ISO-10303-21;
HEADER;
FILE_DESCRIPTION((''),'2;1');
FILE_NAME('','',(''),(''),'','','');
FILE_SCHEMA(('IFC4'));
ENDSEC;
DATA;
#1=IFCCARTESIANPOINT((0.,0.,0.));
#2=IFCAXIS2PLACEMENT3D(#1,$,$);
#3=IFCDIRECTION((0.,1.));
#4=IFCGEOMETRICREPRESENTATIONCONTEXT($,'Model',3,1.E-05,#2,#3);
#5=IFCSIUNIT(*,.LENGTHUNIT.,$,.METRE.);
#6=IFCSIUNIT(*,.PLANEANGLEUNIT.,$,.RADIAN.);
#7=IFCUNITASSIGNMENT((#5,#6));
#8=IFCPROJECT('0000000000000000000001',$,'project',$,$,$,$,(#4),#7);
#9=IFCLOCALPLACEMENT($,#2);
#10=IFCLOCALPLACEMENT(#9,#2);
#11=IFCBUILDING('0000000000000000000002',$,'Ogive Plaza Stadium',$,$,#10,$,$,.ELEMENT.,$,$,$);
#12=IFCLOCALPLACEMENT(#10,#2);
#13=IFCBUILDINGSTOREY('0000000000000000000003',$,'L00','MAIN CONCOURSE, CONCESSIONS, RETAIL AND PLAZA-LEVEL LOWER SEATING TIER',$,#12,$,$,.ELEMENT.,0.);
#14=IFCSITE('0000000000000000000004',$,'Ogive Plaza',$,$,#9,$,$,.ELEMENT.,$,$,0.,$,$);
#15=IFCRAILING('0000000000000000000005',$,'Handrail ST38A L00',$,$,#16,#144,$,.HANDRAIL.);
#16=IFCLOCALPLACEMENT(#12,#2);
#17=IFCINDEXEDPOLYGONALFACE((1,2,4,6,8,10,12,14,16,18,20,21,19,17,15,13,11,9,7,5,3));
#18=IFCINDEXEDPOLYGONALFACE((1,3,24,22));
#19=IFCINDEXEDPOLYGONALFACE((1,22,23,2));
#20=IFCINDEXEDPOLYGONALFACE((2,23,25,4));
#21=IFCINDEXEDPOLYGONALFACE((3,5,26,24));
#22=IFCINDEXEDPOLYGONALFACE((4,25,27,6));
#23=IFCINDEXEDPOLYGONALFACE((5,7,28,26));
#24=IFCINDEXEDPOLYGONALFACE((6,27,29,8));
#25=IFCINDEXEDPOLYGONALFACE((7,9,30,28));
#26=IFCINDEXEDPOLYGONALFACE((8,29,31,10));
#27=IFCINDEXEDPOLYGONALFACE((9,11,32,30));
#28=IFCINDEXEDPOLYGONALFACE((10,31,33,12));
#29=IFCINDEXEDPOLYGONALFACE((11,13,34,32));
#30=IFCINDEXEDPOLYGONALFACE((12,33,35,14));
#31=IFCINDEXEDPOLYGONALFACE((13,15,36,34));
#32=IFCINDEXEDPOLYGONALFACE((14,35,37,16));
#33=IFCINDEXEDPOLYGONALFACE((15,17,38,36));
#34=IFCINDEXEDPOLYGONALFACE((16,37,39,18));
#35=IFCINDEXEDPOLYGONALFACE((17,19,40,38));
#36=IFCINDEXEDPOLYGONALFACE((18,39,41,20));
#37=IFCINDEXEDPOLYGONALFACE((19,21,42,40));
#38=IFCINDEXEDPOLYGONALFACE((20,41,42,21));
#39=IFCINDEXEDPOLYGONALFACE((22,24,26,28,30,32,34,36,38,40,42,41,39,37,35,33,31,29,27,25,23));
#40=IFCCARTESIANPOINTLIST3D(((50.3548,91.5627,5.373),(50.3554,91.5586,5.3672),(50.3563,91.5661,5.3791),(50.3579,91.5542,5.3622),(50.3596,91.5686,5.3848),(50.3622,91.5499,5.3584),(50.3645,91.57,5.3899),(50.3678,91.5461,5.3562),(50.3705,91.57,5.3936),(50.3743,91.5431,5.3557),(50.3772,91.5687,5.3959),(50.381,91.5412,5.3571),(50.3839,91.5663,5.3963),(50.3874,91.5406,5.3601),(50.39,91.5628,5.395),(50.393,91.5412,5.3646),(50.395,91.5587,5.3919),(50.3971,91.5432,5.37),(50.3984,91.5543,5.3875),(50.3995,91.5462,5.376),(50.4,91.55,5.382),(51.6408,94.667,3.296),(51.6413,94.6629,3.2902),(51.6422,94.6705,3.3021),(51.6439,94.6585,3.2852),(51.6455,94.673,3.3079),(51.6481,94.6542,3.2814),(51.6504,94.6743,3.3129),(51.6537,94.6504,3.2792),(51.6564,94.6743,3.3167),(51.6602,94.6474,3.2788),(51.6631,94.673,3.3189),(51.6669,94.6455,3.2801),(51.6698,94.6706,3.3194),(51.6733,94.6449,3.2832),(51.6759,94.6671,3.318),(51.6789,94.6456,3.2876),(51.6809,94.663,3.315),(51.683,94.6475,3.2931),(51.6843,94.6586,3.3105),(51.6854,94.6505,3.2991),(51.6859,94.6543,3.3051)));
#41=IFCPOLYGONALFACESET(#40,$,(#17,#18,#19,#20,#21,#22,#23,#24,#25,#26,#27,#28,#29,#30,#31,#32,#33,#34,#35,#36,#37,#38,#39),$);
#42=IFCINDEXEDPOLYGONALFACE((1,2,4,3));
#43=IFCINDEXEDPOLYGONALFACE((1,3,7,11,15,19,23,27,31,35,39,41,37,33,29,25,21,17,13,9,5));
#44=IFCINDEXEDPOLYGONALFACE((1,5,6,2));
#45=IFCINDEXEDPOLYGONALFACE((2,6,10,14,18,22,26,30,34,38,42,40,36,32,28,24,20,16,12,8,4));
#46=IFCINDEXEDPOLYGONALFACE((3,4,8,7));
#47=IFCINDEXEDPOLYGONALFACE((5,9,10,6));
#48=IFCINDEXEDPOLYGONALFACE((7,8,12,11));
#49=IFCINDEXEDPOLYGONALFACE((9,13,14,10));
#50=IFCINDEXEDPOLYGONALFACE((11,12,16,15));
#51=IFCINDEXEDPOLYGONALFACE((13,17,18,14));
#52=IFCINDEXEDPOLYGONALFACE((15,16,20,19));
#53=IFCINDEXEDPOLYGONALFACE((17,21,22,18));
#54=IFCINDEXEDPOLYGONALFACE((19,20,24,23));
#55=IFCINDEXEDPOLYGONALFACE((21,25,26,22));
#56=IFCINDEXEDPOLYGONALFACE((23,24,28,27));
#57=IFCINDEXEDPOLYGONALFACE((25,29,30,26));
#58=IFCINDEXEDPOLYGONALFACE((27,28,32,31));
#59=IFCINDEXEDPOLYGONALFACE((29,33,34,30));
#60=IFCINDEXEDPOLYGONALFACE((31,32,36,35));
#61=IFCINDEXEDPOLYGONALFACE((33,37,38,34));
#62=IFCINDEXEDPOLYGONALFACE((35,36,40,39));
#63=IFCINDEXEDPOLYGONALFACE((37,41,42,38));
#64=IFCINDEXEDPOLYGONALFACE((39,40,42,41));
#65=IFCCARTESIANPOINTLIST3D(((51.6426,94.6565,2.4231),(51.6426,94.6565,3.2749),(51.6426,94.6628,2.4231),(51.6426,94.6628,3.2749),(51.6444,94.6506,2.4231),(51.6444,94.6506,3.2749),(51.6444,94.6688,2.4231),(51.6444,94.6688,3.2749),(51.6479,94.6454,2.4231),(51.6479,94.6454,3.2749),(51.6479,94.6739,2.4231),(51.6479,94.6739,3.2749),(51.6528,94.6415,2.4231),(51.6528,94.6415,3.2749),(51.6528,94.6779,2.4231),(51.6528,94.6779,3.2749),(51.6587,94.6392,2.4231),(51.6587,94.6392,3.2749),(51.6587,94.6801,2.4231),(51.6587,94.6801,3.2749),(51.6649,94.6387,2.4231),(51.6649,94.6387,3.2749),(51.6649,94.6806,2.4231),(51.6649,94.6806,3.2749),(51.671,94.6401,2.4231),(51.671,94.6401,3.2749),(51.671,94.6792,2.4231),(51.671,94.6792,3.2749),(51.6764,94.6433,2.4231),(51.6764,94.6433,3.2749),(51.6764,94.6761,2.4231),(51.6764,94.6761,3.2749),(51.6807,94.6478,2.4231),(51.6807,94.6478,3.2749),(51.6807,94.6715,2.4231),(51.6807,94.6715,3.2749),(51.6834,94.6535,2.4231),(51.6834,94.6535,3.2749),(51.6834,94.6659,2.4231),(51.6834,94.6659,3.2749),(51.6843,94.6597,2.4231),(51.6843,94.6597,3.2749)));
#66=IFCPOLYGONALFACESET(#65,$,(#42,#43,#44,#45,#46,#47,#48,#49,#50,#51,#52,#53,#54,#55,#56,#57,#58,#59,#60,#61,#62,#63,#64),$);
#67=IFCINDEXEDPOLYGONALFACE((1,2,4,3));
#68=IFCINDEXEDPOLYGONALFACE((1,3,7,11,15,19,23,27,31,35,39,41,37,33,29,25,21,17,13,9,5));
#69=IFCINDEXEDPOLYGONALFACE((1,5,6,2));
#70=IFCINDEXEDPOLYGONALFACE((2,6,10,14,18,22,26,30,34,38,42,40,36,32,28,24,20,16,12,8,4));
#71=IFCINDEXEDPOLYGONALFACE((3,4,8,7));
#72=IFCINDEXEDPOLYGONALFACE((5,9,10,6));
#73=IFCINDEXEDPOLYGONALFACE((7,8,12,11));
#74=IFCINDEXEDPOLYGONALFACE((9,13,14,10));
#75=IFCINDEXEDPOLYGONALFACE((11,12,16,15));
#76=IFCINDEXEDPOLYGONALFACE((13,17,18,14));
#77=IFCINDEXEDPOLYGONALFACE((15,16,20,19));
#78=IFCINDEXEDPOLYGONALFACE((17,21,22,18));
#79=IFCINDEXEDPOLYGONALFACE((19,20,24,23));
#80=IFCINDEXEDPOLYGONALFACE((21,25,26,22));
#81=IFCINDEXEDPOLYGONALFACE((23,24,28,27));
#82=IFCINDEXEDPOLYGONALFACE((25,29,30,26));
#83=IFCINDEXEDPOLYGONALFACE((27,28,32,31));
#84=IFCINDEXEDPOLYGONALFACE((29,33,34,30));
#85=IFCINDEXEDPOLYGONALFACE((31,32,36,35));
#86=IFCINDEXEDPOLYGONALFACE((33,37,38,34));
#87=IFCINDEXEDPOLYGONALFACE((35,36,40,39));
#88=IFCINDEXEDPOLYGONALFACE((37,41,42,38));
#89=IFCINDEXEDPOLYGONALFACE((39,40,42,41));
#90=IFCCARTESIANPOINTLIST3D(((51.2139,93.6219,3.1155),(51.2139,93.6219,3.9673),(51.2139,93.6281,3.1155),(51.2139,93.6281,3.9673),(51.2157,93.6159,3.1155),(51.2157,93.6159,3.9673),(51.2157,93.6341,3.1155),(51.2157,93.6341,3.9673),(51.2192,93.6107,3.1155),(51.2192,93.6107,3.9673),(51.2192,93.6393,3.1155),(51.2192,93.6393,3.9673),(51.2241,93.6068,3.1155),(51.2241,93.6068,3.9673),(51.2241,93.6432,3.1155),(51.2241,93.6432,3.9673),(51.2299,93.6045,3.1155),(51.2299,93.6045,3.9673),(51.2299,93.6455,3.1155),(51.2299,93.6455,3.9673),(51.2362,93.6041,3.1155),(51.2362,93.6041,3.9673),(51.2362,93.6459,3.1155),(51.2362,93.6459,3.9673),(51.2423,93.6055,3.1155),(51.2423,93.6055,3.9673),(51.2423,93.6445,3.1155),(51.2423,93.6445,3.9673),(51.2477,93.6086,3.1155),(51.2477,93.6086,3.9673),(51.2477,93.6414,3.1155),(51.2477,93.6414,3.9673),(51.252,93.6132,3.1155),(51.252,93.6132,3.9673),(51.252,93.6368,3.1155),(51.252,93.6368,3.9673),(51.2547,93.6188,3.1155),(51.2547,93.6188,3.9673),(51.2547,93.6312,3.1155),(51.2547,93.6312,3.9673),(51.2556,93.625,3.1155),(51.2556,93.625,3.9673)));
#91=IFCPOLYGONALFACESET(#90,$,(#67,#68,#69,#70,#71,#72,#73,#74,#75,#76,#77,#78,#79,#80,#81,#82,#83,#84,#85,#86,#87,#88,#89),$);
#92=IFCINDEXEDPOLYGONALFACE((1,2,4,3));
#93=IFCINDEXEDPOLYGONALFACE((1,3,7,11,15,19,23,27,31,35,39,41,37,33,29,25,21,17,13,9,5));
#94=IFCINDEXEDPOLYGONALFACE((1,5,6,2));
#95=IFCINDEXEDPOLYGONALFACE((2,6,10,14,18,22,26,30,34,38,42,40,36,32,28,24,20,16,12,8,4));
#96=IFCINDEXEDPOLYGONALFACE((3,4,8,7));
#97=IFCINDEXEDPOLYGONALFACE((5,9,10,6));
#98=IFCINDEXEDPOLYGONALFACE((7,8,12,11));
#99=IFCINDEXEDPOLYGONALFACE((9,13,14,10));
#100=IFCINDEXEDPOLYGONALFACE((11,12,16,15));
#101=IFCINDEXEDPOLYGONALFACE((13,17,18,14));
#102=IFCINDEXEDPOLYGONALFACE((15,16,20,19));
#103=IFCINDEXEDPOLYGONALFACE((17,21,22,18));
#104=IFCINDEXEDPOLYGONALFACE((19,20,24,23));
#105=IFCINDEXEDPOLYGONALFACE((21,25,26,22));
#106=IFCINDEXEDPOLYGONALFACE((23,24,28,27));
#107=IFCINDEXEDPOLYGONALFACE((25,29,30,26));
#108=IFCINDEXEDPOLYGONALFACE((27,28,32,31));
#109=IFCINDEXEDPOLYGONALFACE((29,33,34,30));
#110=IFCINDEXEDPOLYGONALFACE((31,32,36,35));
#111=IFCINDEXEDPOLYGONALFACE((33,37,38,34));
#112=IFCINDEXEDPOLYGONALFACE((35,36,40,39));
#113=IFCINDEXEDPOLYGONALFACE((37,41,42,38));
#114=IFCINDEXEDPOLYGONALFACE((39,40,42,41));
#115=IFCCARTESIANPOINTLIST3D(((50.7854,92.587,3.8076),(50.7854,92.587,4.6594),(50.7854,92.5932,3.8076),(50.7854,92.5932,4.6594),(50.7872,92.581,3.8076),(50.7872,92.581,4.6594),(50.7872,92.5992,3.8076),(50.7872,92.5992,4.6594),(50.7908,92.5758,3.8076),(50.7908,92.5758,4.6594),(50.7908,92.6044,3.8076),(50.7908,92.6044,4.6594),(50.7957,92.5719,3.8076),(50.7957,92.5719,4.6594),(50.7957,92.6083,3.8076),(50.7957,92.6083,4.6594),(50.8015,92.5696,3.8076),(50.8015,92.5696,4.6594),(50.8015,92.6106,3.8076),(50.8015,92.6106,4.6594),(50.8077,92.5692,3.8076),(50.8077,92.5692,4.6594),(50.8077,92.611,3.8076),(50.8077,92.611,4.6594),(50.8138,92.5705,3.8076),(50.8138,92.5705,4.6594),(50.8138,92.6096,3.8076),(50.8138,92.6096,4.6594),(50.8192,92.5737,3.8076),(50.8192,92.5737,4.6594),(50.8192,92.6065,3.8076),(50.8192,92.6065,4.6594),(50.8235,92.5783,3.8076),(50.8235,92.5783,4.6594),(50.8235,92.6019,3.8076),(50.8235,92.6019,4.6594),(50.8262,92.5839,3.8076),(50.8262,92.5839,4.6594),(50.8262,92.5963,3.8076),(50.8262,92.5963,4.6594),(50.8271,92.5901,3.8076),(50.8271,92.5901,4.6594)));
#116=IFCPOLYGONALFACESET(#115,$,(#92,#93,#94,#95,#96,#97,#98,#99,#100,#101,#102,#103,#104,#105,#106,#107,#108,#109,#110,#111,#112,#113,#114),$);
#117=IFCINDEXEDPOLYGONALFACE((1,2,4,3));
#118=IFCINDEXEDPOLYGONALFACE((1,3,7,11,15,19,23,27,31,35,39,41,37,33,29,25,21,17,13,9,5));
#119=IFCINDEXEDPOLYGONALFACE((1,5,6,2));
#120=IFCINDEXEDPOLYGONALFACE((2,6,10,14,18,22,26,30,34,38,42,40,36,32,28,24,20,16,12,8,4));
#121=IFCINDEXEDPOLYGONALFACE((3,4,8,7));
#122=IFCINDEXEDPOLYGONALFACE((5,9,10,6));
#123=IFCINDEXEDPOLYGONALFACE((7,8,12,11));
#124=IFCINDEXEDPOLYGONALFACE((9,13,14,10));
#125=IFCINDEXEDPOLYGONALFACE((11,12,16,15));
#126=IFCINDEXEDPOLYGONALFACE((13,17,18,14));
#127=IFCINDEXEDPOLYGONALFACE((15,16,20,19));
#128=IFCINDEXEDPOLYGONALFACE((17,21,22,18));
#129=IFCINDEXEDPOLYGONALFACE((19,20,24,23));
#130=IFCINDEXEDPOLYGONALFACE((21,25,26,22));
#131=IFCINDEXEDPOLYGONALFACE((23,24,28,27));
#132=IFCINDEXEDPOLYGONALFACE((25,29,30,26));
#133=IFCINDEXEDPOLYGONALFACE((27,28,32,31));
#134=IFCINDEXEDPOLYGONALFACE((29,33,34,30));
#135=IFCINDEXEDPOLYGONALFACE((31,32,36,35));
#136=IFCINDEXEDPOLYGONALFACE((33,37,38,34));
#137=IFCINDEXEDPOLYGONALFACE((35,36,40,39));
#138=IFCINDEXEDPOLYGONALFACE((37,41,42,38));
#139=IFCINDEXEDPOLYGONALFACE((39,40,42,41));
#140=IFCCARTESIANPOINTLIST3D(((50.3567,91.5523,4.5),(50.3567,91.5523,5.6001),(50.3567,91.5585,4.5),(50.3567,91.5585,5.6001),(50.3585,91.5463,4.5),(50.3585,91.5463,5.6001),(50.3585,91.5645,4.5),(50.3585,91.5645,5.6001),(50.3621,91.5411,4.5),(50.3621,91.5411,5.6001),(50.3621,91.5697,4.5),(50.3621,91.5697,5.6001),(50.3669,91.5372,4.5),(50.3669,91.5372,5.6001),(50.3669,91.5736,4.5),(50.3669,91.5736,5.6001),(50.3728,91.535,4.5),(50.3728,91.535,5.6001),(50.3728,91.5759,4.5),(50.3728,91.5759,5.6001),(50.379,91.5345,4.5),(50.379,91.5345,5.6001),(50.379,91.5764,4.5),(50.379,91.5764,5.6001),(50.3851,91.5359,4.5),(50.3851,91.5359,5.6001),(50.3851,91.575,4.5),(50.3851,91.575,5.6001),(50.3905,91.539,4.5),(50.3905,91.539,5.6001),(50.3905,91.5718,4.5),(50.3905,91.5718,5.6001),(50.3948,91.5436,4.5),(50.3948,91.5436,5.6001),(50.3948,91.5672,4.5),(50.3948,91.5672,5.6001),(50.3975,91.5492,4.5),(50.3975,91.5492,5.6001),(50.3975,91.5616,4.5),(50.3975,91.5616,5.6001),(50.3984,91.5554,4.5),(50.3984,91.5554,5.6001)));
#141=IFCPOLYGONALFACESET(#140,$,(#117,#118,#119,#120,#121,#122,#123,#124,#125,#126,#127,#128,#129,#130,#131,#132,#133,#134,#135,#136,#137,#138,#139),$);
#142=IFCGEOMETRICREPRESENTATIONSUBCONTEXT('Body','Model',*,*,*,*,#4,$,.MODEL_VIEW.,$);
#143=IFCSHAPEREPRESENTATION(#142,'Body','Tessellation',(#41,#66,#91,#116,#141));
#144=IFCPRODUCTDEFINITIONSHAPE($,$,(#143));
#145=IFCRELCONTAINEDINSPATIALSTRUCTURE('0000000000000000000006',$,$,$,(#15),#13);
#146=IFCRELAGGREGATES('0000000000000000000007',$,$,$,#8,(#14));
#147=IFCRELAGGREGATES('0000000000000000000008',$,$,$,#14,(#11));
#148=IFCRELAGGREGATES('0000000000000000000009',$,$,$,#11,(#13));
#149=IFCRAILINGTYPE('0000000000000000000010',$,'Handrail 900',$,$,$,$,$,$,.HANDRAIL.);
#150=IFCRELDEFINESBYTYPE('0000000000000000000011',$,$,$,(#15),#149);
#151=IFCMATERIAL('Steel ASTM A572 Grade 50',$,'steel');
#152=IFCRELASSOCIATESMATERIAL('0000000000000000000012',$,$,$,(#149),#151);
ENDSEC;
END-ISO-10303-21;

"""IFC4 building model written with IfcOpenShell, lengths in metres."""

from ifc_helpers import new_model, si_unit, direction, frame, origin, origin_2d, place, context, subcontext, project, spatial, circle, extrude, material, type_object, element, save


model = new_model("IFC4")

# Units and contexts
model_context = context("Model", 3, precision=1e-05, world=origin(), true_north=direction((0.0, 1.0)))
body_context = subcontext(model_context, "Body", "Model", "MODEL_VIEW")
ifc_project = project(units=[si_unit("LENGTHUNIT", "METRE"), si_unit("PLANEANGLEUNIT", "RADIAN")], contexts=[model_context])

# Site, building, storey
site_placement = place(None, origin())
site = spatial("IfcSite", under=ifc_project, at=site_placement, Name="Ogive Plaza", CompositionType="ELEMENT", RefElevation=0.0)
building_placement = place(site_placement, origin())
building = spatial("IfcBuilding", under=site, at=building_placement, Name="Ogive Plaza Stadium", CompositionType="ELEMENT")
storey_placement = place(building_placement, origin())
storey = spatial("IfcBuildingStorey", under=building, at=storey_placement, Name="L00", Description="MAIN CONCOURSE, CONCESSIONS, RETAIL AND PLAZA-LEVEL LOWER SEATING TIER", CompositionType="ELEMENT", Elevation=0.0)

# Railing
ifc_material_1 = material(Name="Steel ASTM A572 Grade 50", Category="steel")
railing_type_1 = type_object("IfcRailingType", Name="Handrail 900", PredefinedType="HANDRAIL", material=ifc_material_1)
railing_1_placement = place(storey_placement, frame((51.6633, 94.6597, 2.4231)))
element("IfcRailing", 1, at=railing_1_placement, inside=storey, type_object=railing_type_1, Name="Handrail ST38A L00", PredefinedType="HANDRAIL", context=body_context, shape_type="SweptSolid", body=[
    extrude(circle(Radius=0.0239, at=origin_2d()), frame((0.0, 0.0, 0.876), z_axis=(-0.325532, -0.785863, 0.525783), x_axis=(0.923872, -0.3827, 0.0)), (0.0, 0.0, 1.0), 3.9502),
    extrude(circle(Radius=0.021, at=origin_2d()), origin(), (0.0, 0.0, 1.0), 0.8518),
    extrude(circle(Radius=0.021, at=origin_2d()), frame((-0.4287, -1.0347, 0.6924)), (0.0, 0.0, 1.0), 0.8518),
    extrude(circle(Radius=0.021, at=origin_2d()), frame((-0.8572, -2.0696, 1.3845)), (0.0, 0.0, 1.0), 0.8518),
    extrude(circle(Radius=0.021, at=origin_2d()), frame((-1.2859, -3.1042, 2.0769)), (0.0, 0.0, 1.0), 1.1001),
])

save(model, "model.ifc")
